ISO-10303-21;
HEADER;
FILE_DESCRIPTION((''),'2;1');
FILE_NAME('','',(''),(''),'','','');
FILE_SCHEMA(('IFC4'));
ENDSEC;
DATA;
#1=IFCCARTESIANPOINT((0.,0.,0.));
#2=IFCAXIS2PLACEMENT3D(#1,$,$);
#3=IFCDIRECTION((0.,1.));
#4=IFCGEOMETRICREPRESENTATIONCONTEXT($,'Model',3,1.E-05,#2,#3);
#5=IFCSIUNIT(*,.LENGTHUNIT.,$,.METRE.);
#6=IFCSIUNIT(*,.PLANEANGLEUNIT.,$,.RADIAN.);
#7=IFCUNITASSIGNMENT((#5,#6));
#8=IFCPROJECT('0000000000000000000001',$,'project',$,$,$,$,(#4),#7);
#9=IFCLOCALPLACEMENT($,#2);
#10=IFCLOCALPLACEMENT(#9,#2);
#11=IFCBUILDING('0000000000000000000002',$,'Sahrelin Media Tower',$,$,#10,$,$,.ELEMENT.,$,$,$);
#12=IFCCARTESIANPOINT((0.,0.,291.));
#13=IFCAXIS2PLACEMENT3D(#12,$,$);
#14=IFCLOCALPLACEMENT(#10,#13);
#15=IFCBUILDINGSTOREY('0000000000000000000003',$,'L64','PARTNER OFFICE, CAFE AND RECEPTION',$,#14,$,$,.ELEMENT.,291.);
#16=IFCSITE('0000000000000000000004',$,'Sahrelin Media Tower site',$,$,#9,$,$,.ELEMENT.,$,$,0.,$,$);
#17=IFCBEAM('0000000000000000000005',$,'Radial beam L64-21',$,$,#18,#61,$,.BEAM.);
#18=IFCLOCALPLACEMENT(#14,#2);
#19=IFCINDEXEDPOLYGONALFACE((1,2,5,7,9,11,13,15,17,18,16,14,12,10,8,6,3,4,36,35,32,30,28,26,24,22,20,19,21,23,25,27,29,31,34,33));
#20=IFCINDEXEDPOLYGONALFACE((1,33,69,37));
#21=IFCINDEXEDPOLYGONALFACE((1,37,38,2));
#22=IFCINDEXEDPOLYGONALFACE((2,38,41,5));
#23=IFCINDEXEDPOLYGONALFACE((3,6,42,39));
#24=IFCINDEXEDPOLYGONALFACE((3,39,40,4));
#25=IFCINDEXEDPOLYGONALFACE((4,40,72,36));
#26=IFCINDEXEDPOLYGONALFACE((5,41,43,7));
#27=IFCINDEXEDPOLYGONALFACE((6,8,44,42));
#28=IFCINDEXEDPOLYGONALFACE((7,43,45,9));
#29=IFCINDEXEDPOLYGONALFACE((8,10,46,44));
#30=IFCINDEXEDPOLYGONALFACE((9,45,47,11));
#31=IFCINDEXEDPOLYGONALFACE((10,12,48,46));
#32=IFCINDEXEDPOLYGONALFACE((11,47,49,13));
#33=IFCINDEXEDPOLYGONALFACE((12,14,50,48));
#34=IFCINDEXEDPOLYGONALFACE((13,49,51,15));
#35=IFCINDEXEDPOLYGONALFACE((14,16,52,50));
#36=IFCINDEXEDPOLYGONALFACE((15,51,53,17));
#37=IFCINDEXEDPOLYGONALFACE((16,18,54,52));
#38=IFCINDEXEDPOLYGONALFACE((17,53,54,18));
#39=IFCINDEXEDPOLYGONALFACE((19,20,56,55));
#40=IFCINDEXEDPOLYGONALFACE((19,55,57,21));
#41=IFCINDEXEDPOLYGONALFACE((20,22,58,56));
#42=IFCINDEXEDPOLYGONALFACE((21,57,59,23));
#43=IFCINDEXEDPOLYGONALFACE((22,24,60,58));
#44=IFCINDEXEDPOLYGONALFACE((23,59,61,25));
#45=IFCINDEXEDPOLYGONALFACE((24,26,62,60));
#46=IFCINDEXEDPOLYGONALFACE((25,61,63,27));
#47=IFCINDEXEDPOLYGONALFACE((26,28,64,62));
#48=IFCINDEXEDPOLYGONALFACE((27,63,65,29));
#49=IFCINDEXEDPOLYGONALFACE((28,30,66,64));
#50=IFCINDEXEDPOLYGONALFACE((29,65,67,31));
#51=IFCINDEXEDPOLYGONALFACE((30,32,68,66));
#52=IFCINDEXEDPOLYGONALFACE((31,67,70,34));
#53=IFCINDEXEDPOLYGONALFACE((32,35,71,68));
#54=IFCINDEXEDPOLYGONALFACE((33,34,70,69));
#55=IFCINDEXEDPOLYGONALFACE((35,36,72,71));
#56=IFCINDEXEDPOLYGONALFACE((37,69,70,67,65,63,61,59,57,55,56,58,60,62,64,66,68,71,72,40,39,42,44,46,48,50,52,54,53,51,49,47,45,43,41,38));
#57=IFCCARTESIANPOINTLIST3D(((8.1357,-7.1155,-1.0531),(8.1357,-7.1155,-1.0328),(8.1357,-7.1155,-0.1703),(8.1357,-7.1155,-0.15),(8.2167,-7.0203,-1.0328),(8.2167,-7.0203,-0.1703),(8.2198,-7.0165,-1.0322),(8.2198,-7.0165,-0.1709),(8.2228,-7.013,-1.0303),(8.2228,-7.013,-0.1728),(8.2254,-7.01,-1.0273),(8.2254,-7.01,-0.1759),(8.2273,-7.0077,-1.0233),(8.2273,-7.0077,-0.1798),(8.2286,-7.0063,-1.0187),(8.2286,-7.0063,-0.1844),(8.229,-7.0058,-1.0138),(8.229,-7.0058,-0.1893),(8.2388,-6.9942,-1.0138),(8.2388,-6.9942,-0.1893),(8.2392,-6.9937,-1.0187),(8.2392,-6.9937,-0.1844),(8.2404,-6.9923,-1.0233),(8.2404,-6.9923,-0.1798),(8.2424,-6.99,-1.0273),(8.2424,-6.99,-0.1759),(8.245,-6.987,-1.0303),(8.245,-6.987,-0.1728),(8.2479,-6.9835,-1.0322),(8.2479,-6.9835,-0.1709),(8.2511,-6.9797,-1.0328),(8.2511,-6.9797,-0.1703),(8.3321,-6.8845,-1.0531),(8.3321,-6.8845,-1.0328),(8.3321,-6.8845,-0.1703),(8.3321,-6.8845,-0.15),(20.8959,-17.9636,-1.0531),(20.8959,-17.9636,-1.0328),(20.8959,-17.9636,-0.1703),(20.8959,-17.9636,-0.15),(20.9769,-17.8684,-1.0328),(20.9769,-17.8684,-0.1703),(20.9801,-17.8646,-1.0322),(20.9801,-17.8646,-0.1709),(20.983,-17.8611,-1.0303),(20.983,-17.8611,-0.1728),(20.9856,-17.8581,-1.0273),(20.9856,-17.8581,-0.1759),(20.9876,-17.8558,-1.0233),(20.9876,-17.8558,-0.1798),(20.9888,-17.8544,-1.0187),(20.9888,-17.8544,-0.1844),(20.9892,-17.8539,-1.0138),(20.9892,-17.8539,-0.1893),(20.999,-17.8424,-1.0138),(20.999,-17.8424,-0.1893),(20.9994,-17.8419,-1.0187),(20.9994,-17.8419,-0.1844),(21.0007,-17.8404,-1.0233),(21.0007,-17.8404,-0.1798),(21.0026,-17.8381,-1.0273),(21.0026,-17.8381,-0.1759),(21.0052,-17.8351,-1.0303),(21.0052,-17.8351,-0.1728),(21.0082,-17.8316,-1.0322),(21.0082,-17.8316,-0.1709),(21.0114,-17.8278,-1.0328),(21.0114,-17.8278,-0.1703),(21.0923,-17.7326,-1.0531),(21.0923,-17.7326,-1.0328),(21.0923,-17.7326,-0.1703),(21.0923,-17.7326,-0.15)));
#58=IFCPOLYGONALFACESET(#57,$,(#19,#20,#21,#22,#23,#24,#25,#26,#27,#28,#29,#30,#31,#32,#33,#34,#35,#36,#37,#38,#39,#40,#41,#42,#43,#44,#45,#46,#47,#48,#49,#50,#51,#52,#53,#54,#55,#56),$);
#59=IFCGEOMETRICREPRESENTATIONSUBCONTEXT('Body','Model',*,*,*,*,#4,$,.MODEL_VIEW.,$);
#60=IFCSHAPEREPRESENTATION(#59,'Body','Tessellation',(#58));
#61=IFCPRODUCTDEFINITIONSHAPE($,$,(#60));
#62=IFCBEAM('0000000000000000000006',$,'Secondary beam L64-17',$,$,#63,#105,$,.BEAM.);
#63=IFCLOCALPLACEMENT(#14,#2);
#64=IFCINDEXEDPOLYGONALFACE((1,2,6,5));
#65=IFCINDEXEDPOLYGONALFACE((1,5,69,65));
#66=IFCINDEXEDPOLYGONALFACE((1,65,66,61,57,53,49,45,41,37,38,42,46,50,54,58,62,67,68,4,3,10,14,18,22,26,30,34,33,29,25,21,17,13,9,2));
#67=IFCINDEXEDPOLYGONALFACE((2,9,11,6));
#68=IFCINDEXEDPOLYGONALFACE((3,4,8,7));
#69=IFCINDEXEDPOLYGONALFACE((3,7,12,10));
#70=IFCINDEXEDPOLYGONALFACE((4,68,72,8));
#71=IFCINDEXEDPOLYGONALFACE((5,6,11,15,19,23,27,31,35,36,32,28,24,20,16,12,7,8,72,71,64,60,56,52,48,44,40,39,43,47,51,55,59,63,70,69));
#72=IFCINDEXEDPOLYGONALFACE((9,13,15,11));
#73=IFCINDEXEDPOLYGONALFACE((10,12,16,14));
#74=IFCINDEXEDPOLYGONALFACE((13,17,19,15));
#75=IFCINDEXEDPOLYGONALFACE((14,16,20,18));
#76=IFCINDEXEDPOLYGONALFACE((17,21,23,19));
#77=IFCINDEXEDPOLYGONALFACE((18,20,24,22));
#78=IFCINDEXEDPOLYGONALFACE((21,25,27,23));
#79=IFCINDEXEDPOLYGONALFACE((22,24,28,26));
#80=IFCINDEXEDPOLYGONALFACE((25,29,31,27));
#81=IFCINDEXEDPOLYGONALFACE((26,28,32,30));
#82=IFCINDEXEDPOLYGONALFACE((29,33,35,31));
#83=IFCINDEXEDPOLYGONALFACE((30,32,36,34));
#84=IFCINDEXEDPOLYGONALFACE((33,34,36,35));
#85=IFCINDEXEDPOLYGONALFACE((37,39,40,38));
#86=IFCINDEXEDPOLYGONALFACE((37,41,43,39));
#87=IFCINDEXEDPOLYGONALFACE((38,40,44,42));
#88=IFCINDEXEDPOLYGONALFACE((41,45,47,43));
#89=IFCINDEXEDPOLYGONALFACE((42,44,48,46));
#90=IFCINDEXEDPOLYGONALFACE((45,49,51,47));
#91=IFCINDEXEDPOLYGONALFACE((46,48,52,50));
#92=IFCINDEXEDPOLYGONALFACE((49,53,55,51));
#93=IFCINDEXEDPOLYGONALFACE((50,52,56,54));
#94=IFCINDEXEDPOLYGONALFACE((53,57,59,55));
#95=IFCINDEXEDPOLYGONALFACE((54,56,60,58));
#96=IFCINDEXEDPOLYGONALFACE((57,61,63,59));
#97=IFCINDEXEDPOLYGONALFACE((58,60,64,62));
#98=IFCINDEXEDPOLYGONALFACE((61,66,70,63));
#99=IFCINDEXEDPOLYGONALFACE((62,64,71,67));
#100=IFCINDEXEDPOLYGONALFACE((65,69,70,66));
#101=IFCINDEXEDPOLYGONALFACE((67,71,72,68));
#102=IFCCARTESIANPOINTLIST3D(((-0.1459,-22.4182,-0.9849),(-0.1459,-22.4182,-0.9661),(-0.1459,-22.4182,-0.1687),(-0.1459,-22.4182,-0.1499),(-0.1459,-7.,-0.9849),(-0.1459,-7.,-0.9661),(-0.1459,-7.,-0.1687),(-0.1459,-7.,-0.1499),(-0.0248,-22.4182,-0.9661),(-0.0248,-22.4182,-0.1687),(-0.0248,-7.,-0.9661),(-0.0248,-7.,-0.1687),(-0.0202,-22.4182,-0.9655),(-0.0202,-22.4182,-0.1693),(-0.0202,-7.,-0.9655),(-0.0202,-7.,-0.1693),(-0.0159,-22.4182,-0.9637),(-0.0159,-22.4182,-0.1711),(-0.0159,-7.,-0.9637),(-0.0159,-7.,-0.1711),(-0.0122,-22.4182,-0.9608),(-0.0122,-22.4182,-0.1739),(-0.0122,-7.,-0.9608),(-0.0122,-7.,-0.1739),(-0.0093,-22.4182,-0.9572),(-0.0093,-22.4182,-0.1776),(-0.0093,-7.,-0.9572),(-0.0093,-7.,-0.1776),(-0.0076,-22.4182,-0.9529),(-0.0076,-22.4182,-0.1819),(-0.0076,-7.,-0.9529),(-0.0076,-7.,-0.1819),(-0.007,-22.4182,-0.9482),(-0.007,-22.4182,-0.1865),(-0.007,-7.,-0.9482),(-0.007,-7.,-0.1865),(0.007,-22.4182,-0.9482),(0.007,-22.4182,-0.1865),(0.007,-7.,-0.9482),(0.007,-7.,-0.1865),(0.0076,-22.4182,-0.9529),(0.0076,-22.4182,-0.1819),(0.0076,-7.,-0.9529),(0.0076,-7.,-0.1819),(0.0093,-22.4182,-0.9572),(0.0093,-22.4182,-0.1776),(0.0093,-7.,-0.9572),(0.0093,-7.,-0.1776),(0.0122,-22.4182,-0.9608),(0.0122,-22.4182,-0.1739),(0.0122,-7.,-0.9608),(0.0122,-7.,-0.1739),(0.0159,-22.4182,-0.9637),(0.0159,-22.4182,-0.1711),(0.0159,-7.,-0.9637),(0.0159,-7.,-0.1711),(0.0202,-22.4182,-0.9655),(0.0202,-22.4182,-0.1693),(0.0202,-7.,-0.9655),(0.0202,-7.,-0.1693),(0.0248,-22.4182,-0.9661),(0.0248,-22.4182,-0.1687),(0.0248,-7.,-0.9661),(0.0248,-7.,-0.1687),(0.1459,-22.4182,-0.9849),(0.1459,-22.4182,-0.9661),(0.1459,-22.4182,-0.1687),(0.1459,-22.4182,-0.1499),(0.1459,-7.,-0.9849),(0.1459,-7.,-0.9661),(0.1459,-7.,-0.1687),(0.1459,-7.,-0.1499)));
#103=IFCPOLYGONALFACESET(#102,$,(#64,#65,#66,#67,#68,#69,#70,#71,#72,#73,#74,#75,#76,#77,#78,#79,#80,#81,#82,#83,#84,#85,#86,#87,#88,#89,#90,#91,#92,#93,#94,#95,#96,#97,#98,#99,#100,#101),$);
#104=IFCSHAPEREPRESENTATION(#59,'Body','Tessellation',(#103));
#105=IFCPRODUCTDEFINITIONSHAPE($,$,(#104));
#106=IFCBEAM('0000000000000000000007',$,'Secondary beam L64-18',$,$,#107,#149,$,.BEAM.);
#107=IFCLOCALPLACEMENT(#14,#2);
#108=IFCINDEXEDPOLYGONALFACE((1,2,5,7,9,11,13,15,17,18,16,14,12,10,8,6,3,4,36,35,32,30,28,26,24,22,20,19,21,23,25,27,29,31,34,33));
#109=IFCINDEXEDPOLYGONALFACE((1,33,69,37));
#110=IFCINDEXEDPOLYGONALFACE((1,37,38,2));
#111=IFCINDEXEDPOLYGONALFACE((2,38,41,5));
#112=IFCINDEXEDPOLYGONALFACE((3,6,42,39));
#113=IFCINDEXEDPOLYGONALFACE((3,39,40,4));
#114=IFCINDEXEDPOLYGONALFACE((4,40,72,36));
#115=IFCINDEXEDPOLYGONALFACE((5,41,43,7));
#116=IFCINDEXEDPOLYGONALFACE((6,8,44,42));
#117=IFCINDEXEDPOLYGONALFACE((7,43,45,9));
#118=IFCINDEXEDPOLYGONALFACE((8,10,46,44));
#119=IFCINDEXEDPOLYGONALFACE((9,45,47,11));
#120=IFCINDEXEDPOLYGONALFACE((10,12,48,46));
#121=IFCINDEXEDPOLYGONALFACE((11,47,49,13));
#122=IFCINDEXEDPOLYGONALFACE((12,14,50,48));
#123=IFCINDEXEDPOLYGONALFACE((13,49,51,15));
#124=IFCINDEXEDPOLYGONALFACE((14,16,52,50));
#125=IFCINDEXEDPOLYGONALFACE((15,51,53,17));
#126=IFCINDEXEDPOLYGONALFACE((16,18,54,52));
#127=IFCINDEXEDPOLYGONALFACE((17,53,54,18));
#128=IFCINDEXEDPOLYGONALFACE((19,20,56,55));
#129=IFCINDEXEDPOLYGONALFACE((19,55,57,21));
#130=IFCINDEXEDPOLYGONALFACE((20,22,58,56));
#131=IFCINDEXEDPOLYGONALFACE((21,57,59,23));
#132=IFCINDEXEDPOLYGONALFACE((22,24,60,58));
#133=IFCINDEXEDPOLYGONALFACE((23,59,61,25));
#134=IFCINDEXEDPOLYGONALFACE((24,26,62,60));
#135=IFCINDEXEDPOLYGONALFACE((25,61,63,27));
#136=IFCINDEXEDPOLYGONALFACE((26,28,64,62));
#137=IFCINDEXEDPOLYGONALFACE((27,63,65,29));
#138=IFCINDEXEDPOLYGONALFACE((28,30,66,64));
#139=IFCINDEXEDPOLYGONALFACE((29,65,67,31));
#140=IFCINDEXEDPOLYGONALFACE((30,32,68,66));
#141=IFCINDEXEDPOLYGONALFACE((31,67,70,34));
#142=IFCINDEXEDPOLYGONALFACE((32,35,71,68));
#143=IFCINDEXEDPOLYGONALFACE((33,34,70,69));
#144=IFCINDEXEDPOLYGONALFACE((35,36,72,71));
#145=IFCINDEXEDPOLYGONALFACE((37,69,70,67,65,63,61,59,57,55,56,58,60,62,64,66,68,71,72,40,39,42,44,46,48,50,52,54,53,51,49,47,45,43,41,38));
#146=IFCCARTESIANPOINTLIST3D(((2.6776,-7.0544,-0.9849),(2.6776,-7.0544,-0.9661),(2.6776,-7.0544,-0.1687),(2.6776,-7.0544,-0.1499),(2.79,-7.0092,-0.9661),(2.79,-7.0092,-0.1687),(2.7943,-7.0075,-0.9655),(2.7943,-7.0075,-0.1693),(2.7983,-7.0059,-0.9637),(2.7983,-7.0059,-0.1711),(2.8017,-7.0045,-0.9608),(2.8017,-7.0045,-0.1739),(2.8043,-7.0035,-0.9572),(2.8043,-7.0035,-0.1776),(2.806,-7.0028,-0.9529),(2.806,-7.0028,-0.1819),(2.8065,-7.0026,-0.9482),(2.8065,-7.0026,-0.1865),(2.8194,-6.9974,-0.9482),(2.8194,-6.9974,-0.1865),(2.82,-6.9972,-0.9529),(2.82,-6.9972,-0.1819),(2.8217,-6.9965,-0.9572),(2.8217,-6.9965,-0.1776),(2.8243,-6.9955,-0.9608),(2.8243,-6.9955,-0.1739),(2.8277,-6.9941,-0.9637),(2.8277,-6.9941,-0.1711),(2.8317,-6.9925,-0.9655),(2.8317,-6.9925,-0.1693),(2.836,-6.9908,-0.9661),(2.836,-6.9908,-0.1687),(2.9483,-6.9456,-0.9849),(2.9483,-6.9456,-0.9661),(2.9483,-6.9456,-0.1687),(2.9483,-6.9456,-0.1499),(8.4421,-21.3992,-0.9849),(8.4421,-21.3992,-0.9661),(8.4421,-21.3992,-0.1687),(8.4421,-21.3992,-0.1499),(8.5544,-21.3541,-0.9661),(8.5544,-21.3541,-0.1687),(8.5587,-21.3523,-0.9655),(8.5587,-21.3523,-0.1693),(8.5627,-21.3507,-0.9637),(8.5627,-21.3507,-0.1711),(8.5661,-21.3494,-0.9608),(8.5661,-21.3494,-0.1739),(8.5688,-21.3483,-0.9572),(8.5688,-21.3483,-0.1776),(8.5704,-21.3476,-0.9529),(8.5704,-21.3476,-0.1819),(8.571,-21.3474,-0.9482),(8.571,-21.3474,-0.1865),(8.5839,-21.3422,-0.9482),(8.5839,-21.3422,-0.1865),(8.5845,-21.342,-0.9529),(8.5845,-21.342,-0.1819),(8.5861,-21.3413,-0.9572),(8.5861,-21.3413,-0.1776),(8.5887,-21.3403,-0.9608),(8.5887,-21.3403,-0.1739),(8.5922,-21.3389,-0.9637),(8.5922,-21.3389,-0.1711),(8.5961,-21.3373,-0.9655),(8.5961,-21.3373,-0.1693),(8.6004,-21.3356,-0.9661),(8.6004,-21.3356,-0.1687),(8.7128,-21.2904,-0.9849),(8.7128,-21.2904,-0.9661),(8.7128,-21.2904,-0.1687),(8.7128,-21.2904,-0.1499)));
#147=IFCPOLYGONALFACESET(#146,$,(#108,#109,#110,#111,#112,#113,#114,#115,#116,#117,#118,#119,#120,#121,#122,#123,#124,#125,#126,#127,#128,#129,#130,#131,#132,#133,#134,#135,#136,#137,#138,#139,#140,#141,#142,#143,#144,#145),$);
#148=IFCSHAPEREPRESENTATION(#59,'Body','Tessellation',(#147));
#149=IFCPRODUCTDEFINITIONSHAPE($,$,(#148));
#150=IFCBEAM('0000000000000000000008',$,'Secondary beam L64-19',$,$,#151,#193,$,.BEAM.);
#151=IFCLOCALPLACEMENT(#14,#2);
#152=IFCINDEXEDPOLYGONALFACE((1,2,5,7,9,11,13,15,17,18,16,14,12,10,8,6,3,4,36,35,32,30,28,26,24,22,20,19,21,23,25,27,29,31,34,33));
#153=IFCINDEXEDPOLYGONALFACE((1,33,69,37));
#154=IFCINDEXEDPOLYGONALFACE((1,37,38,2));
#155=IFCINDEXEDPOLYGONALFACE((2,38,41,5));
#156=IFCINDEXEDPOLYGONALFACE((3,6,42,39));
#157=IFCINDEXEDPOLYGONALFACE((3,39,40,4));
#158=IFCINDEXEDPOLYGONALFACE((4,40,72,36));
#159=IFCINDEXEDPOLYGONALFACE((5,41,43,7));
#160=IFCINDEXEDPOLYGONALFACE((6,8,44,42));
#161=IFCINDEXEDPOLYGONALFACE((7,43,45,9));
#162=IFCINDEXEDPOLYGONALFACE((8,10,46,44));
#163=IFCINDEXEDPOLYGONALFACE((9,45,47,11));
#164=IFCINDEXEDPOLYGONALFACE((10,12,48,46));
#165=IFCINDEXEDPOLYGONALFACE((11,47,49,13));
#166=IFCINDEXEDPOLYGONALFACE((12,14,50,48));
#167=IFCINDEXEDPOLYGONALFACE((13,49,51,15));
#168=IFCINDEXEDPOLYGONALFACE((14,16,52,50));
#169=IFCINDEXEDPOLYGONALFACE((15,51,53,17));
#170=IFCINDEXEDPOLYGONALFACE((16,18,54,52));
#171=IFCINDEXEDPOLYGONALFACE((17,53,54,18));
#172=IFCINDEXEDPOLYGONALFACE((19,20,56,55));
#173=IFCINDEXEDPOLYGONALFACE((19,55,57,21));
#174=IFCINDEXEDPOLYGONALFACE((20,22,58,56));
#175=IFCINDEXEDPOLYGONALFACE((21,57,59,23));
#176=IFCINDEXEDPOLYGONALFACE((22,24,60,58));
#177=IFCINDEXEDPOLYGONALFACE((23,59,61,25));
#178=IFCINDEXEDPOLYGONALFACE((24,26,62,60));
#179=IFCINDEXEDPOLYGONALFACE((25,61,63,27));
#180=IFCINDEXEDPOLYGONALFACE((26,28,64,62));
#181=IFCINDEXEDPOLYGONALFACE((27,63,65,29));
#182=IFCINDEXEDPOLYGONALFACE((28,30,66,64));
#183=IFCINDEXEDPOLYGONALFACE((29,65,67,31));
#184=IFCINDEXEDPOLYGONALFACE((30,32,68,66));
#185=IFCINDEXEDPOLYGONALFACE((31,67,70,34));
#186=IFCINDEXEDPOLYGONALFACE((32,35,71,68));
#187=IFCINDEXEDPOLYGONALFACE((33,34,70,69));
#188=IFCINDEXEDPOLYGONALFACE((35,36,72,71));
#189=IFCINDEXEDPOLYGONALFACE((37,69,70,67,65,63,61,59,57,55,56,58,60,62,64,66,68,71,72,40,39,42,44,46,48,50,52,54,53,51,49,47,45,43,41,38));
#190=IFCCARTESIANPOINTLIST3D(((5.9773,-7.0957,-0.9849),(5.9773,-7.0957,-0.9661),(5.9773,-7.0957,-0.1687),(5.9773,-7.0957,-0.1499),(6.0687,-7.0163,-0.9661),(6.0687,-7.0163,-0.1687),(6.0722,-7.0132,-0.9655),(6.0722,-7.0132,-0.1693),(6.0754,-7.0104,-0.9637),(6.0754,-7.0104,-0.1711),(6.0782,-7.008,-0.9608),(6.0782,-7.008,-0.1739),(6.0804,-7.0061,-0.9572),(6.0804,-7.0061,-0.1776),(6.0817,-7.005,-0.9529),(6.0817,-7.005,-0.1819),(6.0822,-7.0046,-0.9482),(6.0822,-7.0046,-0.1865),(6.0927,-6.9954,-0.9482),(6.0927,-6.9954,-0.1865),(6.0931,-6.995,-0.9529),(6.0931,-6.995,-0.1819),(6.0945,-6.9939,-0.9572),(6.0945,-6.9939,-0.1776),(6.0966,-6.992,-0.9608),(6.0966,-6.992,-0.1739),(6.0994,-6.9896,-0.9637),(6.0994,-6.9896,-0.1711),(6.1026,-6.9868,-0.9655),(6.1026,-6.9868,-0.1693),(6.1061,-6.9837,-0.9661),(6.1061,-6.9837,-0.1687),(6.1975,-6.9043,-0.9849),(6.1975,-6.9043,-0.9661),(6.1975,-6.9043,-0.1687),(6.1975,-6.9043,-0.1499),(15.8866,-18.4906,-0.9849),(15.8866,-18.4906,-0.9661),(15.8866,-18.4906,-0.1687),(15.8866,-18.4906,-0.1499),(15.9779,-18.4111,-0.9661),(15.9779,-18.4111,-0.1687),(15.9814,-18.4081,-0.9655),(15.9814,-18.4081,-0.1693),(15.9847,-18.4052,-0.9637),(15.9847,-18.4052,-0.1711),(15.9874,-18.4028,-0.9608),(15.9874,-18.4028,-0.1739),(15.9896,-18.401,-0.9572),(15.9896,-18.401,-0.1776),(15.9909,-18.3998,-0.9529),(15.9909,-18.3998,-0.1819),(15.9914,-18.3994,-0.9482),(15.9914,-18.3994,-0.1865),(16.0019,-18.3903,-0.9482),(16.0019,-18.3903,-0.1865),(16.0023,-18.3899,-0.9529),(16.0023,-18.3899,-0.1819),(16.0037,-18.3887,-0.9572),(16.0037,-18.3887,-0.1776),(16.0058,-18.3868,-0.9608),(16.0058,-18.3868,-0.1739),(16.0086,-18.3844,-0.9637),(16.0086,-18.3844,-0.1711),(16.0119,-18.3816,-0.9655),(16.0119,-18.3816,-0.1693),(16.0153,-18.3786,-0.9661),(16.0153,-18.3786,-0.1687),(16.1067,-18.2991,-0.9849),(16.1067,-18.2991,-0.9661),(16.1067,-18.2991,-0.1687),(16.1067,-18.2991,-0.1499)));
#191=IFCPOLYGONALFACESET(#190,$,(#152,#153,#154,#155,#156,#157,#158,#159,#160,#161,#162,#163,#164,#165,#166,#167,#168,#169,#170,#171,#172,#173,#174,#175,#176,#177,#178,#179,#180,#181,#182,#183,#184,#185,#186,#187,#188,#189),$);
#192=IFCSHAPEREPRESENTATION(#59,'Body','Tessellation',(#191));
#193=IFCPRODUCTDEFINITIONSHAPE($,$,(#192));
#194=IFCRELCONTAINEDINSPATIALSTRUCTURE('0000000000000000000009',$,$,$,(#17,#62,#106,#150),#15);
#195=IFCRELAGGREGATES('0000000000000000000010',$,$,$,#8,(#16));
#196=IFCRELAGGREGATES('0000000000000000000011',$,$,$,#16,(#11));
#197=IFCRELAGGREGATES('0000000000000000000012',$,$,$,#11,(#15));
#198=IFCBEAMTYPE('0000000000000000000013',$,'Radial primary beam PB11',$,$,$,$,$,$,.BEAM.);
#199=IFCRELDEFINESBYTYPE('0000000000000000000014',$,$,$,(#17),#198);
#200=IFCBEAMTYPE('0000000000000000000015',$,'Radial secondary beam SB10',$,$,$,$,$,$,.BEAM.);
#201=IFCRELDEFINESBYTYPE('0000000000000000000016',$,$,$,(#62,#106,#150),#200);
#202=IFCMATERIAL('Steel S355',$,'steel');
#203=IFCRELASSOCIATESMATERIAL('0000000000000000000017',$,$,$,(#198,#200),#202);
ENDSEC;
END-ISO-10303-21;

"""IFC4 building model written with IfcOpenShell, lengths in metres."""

from ifc_helpers import new_model, si_unit, direction, frame, origin, origin_2d, place, context, subcontext, project, spatial, i_section, extrude, material, material_profile, profile_set, type_object, element, save


model = new_model("IFC4")

# Units and contexts
model_context = context("Model", 3, precision=1e-05, world=origin(), true_north=direction((0.0, 1.0)))
body_context = subcontext(model_context, "Body", "Model", "MODEL_VIEW")
ifc_project = project(units=[si_unit("LENGTHUNIT", "METRE"), si_unit("PLANEANGLEUNIT", "RADIAN")], contexts=[model_context])

# Site, building, storey
site_placement = place(None, origin())
site = spatial("IfcSite", under=ifc_project, at=site_placement, Name="Sahrelin Media Tower site", CompositionType="ELEMENT", RefElevation=0.0)
building_placement = place(site_placement, origin())
building = spatial("IfcBuilding", under=site, at=building_placement, Name="Sahrelin Media Tower", CompositionType="ELEMENT")
storey_placement = place(building_placement, frame((0.0, 0.0, 291.0)))
storey = spatial("IfcBuildingStorey", under=building, at=storey_placement, Name="L64", Description="PARTNER OFFICE, CAFE AND RECEPTION", CompositionType="ELEMENT", Elevation=291.0)

# Shared definitions
ifc_material_1 = material(Name="Steel S355", Category="steel")

# Beams
ifc_material_profile_1 = material_profile(ifc_material_1, i_section(OverallWidth=0.3032, OverallDepth=0.9031, WebThickness=0.0151, FlangeThickness=0.0203, FilletRadius=0.019, at=origin_2d()), Name="UB 914x305x201")
ifc_profile_set_1 = profile_set([ifc_material_profile_1], Name="Steel S355")
beam_type_1 = type_object("IfcBeamType", Name="Radial primary beam PB11", PredefinedType="BEAM", material=ifc_profile_set_1)
beam_1_placement = place(storey_placement, frame((8.2339, -7.0, -0.6016), z_axis=(0.761882, -0.647715, 0.0), x_axis=(0.647715, 0.761882, 0.0)))
element("IfcBeam", 1, at=beam_1_placement, inside=storey, type_object=beam_type_1, Name="Radial beam L64-21", PredefinedType="BEAM", context=body_context, shape_type="SweptSolid", body=[
    extrude(i_section(OverallWidth=0.3032, OverallDepth=0.9031, WebThickness=0.0151, FlangeThickness=0.0203, FilletRadius=0.019, at=origin_2d()), origin(), (0.0, 0.0, 1.0), 16.7483),
])
ifc_material_profile_2 = material_profile(ifc_material_1, i_section(OverallWidth=0.2917, OverallDepth=0.835, WebThickness=0.0139, FlangeThickness=0.0188, FilletRadius=0.0178, at=origin_2d()), Name="UB 838x292x176")
ifc_profile_set_2 = profile_set([ifc_material_profile_2], Name="Steel S355")
beam_type_2 = type_object("IfcBeamType", Name="Radial secondary beam SB10", PredefinedType="BEAM", material=ifc_profile_set_2)
beam_2_placement = place(storey_placement, frame((0.0, -7.0, -0.5674), z_axis=(0.0, -1.0, 0.0), x_axis=(1.0, 0.0, 0.0)))
element("IfcBeam", 2, at=beam_2_placement, inside=storey, type_object=beam_type_2, Name="Secondary beam L64-17", PredefinedType="BEAM", context=body_context, shape_type="SweptSolid", body=[
    extrude(i_section(OverallWidth=0.2917, OverallDepth=0.835, WebThickness=0.0139, FlangeThickness=0.0188, FilletRadius=0.0178, at=origin_2d()), origin(), (0.0, 0.0, 1.0), 15.4182),
])
beam_3_placement = place(storey_placement, frame((2.813, -7.0, -0.5674), z_axis=(0.372869, -0.927884, 0.0), x_axis=(0.927884, 0.372869, 0.0)))
element("IfcBeam", 3, at=beam_3_placement, inside=storey, type_object=beam_type_2, Name="Secondary beam L64-18", PredefinedType="BEAM", context=body_context, shape_type="SweptSolid", body=[
    extrude(i_section(OverallWidth=0.2917, OverallDepth=0.835, WebThickness=0.0139, FlangeThickness=0.0188, FilletRadius=0.0178, at=origin_2d()), origin(), (0.0, 0.0, 1.0), 15.4597),
])
beam_4_placement = place(storey_placement, frame((6.0874, -7.0, -0.5674), z_axis=(0.656204, -0.754583, 0.0), x_axis=(0.754583, 0.656204, 0.0)))
element("IfcBeam", 4, at=beam_4_placement, inside=storey, type_object=beam_type_2, Name="Secondary beam L64-19", PredefinedType="BEAM", context=body_context, shape_type="SweptSolid", body=[
    extrude(i_section(OverallWidth=0.2917, OverallDepth=0.835, WebThickness=0.0139, FlangeThickness=0.0188, FilletRadius=0.0178, at=origin_2d()), origin(), (0.0, 0.0, 1.0), 15.1008),
])

save(model, "model.ifc")
